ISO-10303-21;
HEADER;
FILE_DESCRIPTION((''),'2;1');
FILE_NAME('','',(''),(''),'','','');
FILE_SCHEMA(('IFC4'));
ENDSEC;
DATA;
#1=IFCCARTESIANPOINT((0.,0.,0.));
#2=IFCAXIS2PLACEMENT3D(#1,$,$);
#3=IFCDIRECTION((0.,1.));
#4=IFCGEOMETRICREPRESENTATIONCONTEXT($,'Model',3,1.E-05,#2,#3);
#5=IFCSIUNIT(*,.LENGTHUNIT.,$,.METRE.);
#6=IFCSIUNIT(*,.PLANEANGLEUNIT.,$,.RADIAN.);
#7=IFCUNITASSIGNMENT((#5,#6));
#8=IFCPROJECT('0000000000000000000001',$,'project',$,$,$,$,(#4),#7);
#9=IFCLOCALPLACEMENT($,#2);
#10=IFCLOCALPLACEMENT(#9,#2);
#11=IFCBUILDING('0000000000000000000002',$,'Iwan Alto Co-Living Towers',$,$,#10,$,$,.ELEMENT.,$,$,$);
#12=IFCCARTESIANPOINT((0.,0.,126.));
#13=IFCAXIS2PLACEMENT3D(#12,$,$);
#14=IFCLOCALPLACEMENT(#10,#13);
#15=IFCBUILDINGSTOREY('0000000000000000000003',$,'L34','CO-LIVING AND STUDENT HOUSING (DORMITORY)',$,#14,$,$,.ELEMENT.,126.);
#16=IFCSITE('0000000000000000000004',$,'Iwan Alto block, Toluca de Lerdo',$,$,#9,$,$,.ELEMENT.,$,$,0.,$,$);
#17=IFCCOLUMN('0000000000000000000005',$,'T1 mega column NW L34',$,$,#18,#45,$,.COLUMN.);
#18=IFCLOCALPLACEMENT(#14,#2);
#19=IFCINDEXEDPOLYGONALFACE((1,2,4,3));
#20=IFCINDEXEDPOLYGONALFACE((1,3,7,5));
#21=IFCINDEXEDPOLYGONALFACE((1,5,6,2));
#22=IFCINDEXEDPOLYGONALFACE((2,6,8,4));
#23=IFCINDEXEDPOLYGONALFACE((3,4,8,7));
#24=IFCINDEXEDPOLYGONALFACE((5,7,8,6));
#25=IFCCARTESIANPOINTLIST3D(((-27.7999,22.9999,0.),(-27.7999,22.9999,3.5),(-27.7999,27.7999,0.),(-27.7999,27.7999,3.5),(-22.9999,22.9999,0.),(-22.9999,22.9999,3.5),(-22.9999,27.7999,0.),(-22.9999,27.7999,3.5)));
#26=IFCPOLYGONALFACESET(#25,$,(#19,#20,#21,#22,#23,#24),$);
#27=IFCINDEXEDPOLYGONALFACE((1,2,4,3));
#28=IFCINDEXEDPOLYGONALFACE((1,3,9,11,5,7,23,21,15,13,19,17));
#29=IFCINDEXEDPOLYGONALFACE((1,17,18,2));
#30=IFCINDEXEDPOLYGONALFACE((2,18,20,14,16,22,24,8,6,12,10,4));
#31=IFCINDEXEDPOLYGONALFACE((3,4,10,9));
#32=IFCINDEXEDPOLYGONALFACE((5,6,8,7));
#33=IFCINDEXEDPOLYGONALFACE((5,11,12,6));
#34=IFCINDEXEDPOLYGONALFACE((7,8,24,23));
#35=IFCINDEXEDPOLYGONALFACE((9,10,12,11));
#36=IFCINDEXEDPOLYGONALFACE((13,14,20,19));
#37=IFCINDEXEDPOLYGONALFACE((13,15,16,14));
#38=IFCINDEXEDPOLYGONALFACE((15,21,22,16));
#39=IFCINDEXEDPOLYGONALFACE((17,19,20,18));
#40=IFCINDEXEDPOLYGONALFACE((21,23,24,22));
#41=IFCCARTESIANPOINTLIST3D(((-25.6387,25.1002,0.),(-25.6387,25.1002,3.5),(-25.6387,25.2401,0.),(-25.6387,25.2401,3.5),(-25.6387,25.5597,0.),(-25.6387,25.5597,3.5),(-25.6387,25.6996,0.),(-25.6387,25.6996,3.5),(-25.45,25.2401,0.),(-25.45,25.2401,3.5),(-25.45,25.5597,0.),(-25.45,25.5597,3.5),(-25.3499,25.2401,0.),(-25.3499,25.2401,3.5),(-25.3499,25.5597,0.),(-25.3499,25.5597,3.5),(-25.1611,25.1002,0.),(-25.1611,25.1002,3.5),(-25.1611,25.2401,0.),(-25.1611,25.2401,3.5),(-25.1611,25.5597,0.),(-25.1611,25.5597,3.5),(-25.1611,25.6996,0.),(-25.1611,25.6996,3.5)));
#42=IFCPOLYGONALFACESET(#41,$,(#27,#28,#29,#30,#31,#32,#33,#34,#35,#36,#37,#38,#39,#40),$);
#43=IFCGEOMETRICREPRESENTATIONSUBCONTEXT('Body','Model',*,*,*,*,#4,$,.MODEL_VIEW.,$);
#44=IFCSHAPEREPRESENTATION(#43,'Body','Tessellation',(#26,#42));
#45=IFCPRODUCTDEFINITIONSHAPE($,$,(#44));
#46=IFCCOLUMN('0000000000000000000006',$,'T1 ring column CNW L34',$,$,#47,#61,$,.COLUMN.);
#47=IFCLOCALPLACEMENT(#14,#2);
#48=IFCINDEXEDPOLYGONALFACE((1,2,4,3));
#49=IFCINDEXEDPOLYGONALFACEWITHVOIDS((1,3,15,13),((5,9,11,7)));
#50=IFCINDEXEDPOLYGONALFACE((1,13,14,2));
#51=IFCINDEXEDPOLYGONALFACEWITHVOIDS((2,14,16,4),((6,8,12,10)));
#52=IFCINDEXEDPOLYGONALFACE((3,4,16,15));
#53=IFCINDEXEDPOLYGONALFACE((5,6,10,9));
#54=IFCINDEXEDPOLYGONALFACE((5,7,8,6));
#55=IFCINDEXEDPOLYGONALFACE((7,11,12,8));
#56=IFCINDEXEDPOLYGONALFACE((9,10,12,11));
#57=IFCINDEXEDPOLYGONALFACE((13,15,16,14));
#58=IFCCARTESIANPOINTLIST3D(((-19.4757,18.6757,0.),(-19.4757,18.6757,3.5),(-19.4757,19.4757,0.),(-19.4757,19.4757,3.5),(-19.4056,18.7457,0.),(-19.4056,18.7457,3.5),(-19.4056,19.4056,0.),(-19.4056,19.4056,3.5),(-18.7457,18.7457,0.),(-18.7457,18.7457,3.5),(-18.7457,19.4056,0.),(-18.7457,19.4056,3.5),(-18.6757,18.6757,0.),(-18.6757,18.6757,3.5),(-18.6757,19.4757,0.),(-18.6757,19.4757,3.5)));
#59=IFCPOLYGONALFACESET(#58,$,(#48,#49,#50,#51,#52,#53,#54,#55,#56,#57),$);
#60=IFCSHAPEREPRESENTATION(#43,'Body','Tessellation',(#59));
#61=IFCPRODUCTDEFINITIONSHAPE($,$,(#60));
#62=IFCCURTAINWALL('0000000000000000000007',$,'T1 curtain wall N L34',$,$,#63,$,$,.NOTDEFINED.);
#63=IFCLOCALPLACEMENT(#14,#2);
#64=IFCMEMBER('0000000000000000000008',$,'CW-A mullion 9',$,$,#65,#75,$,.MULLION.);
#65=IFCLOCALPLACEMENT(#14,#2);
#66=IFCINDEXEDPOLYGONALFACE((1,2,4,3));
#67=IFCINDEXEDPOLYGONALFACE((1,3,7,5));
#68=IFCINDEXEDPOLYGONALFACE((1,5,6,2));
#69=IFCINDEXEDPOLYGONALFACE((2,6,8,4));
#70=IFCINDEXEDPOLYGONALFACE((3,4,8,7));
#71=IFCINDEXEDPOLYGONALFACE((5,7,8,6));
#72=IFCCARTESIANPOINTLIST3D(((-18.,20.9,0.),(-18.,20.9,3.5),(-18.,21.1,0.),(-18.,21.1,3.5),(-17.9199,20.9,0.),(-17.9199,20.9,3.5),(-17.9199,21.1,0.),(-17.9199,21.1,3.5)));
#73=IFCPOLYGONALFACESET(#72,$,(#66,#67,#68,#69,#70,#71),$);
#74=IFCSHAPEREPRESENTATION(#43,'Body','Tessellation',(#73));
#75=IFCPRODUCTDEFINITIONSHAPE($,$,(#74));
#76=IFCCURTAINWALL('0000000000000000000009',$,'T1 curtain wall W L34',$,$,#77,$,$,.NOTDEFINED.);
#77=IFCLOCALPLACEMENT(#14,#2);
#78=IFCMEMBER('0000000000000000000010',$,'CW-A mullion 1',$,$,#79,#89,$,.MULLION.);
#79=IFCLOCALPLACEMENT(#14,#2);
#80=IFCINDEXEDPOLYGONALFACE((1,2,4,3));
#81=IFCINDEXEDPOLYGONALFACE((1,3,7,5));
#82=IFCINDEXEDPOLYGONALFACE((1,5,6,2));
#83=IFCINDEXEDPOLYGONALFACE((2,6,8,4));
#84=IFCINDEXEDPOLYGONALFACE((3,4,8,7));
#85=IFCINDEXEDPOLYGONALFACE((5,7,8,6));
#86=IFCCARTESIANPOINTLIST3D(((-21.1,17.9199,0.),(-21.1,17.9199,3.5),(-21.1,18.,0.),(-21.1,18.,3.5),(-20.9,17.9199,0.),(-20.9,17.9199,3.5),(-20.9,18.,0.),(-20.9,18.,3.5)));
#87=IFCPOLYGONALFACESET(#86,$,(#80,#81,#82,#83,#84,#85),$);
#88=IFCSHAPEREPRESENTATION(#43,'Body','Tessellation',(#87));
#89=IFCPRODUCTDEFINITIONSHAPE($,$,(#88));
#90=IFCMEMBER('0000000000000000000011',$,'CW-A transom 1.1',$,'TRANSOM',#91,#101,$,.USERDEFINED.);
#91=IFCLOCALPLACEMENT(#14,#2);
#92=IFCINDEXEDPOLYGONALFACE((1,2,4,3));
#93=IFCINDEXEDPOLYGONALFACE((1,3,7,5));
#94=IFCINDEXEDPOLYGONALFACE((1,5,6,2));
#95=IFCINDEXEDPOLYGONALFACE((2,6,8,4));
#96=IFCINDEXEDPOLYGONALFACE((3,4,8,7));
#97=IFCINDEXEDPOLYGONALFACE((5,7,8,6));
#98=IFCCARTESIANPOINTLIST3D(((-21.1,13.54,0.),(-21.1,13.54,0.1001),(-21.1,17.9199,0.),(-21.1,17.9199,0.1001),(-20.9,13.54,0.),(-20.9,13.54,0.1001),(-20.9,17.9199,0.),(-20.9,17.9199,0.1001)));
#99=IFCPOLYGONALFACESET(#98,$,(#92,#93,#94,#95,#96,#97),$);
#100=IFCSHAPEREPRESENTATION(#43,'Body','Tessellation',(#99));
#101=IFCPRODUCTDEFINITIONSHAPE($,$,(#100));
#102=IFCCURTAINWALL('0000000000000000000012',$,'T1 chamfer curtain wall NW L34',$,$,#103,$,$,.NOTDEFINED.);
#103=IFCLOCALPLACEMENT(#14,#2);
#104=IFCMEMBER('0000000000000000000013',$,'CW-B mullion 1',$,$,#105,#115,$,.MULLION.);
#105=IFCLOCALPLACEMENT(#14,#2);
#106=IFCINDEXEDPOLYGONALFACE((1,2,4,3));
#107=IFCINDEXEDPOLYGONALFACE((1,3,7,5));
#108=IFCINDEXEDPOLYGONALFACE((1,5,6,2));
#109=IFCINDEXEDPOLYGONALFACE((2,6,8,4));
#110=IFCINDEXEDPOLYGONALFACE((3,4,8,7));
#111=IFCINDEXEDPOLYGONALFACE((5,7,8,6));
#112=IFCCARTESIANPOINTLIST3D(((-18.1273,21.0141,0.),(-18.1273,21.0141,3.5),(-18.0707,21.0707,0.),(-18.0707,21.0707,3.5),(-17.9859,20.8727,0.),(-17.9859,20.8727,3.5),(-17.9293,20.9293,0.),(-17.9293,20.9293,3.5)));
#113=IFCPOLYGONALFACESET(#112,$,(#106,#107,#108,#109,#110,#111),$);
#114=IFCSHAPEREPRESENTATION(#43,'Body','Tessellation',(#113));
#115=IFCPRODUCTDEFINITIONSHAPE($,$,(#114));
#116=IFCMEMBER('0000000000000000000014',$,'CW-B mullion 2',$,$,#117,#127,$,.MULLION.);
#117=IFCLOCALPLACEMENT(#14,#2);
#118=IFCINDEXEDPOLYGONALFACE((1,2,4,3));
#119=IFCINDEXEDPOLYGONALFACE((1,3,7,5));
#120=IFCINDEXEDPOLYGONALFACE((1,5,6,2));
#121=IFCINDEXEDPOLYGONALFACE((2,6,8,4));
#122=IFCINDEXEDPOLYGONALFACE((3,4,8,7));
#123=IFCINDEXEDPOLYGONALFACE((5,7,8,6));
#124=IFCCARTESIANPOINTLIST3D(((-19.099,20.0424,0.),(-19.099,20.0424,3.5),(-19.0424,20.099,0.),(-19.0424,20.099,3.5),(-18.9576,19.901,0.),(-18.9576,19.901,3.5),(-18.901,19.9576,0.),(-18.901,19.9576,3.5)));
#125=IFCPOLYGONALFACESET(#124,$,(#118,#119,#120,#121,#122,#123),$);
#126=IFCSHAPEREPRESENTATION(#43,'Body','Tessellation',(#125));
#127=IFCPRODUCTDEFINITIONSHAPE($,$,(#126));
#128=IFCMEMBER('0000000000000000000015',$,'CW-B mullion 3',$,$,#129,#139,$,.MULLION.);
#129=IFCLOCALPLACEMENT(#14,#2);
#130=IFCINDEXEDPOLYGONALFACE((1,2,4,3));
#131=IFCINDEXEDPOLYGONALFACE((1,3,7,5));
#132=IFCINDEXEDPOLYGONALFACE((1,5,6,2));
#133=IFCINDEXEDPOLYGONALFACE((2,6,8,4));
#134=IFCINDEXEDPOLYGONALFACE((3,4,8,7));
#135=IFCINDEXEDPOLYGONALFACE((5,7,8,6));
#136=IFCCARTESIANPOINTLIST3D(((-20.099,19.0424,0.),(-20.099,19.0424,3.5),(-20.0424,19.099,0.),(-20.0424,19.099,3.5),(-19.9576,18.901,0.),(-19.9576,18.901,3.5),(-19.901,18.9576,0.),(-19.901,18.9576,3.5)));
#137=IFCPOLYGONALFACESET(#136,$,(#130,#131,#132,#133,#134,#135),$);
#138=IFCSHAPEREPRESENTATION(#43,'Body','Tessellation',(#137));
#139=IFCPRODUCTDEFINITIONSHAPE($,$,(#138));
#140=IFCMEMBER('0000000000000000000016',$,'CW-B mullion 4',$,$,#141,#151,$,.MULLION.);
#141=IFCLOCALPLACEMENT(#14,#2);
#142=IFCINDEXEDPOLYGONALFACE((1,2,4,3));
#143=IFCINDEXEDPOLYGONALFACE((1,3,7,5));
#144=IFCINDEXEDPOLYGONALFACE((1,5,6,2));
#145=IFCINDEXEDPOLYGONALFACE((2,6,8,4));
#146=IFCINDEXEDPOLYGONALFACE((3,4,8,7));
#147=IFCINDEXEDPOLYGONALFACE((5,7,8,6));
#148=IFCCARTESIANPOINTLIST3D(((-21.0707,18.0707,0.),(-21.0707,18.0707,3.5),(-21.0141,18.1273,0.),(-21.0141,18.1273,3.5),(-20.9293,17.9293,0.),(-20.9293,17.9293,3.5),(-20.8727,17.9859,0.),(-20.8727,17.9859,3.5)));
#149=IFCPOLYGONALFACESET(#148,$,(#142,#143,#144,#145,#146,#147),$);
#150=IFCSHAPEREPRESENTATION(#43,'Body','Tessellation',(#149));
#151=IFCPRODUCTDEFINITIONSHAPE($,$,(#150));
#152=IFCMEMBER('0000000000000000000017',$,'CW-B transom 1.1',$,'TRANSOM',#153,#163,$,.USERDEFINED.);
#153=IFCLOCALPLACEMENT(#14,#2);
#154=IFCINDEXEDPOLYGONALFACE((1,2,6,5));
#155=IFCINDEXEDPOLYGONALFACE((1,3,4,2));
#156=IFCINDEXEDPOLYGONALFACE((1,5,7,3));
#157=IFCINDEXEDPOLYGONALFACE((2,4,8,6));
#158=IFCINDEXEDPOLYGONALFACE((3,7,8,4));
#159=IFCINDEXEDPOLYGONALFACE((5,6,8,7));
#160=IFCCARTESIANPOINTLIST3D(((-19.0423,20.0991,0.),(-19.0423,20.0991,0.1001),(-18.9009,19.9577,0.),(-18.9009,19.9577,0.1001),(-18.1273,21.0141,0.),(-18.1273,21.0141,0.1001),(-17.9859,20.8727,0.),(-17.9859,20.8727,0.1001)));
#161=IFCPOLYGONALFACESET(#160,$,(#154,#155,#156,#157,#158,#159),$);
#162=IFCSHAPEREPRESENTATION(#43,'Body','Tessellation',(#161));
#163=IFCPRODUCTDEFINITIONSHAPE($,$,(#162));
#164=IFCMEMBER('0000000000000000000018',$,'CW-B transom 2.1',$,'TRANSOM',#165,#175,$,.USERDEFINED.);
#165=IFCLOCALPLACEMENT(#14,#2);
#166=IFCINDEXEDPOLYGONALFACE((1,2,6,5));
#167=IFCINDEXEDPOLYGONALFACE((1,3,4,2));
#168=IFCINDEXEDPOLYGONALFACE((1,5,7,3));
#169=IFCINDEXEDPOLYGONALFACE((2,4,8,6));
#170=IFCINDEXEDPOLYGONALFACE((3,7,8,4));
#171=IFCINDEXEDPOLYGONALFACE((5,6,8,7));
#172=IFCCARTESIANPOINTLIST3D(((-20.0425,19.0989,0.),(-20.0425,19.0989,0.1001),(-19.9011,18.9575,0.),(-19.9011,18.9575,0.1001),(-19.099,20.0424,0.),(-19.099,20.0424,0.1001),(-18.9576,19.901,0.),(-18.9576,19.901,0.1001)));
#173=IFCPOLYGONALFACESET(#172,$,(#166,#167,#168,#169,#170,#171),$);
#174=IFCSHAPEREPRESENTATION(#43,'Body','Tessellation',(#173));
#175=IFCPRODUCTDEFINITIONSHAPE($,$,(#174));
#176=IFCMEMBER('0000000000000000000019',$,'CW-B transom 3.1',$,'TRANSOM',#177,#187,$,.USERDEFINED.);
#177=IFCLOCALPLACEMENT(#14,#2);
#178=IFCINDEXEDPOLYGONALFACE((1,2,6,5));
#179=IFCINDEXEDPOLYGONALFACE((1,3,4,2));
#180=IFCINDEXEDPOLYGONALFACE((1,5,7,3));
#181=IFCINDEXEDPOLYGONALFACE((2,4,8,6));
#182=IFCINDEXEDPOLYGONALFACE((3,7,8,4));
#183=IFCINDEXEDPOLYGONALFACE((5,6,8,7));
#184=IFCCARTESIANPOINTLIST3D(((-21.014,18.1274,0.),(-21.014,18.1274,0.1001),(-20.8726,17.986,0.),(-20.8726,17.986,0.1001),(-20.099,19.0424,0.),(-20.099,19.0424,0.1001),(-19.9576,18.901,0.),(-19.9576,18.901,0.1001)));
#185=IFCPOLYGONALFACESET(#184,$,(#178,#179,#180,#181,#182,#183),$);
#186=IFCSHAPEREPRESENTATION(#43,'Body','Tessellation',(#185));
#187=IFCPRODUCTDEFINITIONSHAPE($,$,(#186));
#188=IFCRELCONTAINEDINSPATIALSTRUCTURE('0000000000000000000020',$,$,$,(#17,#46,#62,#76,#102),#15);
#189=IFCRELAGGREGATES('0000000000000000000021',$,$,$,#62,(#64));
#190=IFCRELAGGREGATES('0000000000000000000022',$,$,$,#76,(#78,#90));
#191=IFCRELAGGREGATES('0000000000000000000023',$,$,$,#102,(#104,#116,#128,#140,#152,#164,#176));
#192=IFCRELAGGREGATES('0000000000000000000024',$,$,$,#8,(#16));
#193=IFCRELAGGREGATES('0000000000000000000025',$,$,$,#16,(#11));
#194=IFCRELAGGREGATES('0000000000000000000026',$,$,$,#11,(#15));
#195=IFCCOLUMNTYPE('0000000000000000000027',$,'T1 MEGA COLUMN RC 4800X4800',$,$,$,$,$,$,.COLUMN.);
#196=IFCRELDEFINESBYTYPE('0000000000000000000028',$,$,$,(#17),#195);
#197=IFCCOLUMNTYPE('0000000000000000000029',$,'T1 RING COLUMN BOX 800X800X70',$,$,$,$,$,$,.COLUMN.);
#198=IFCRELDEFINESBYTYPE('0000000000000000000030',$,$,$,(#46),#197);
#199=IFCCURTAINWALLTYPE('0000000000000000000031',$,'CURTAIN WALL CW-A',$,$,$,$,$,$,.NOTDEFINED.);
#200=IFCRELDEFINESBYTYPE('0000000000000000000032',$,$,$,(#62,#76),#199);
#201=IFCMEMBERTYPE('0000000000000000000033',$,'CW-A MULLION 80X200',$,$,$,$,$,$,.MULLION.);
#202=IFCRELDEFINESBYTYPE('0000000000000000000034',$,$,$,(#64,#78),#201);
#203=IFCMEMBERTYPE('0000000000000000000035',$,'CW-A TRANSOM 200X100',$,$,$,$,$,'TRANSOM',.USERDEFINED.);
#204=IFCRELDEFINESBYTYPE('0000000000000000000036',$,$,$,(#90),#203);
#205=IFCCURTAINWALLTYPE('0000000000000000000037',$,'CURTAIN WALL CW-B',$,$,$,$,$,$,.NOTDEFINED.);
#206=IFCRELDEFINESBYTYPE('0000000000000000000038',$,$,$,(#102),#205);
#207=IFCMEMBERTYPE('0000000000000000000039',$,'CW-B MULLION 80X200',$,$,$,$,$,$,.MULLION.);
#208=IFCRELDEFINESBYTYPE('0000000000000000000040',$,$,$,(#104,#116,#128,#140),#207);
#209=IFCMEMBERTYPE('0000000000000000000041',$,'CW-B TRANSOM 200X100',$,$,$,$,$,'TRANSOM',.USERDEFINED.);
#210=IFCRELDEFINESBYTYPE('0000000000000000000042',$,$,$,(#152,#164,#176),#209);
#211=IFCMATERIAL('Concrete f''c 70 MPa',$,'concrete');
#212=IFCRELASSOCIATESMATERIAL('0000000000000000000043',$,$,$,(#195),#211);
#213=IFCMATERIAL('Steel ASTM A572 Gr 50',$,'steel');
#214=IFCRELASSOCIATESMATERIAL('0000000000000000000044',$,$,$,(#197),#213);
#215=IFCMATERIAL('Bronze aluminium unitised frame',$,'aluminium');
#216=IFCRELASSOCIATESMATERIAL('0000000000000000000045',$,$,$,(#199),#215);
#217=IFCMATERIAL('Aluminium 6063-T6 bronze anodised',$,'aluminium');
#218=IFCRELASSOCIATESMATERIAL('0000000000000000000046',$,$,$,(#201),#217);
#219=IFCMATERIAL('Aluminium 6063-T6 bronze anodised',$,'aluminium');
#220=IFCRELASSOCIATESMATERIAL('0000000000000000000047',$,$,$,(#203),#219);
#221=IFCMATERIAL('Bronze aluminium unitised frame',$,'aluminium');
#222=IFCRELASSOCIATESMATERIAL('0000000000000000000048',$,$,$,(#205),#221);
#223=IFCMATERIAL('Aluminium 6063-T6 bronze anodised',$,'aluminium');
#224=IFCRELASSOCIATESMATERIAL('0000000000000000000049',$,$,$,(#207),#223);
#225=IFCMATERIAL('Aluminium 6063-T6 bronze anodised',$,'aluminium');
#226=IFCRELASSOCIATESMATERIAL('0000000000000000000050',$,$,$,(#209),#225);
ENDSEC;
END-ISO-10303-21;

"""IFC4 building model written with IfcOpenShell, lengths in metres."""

from ifc_helpers import new_model, si_unit, direction, frame, origin, origin_2d, place, context, subcontext, project, spatial, rectangle, hollow_rectangle, i_section, extrude, material, material_profile, profile_set, type_object, element, aggregate, save


model = new_model("IFC4")

# Units and contexts
model_context = context("Model", 3, precision=1e-05, world=origin(), true_north=direction((0.0, 1.0)))
body_context = subcontext(model_context, "Body", "Model", "MODEL_VIEW")
ifc_project = project(units=[si_unit("LENGTHUNIT", "METRE"), si_unit("PLANEANGLEUNIT", "RADIAN")], contexts=[model_context])

# Site, building, storey
site_placement = place(None, origin())
site = spatial("IfcSite", under=ifc_project, at=site_placement, Name="Iwan Alto block, Toluca de Lerdo", CompositionType="ELEMENT", RefElevation=0.0)
building_placement = place(site_placement, origin())
building = spatial("IfcBuilding", under=site, at=building_placement, Name="Iwan Alto Co-Living Towers", CompositionType="ELEMENT")
storey_placement = place(building_placement, frame((0.0, 0.0, 126.0)))
storey = spatial("IfcBuildingStorey", under=building, at=storey_placement, Name="L34", Description="CO-LIVING AND STUDENT HOUSING (DORMITORY)", CompositionType="ELEMENT", Elevation=126.0)

# Columns
ifc_material_1 = material(Name="Concrete f'c 70 MPa", Category="concrete")
ifc_material_profile_1 = material_profile(ifc_material_1, rectangle(XDim=4.8, YDim=4.8, at=origin_2d()), Name="RC 4800X4800")
ifc_profile_set_1 = profile_set([ifc_material_profile_1], Name="Concrete f'c 70 MPa")
column_type_1 = type_object("IfcColumnType", Name="T1 MEGA COLUMN RC 4800X4800", PredefinedType="COLUMN", material=ifc_profile_set_1)
column_1_placement = place(storey_placement, frame((-25.3999, 25.3999, 0.0), z_axis=(0.0, 0.0, 1.0), x_axis=(1.0, 0.0, 0.0)))
element("IfcColumn", 1, at=column_1_placement, inside=storey, type_object=column_type_1, Name="T1 mega column NW L34", PredefinedType="COLUMN", context=body_context, shape_type="SweptSolid", body=[
    extrude(rectangle(XDim=4.8, YDim=4.8, at=origin_2d()), origin(), (0.0, 0.0, 1.0), 3.5),
    extrude(i_section(OverallWidth=0.4775, OverallDepth=0.5994, WebThickness=0.1001, FlangeThickness=0.1399, at=origin_2d()), origin(), (0.0, 0.0, 1.0), 3.5),
])
ifc_material_2 = material(Name="Steel ASTM A572 Gr 50", Category="steel")
ifc_material_profile_2 = material_profile(ifc_material_2, hollow_rectangle(XDim=0.8, YDim=0.8, WallThickness=0.0701, at=origin_2d()), Name="BOX 800X800X70")
ifc_profile_set_2 = profile_set([ifc_material_profile_2], Name="Steel ASTM A572 Gr 50")
column_type_2 = type_object("IfcColumnType", Name="T1 RING COLUMN BOX 800X800X70", PredefinedType="COLUMN", material=ifc_profile_set_2)
column_2_placement = place(storey_placement, frame((-19.0757, 19.0757, 0.0), z_axis=(0.0, 0.0, 1.0), x_axis=(1.0, 0.0, 0.0)))
element("IfcColumn", 2, at=column_2_placement, inside=storey, type_object=column_type_2, Name="T1 ring column CNW L34", PredefinedType="COLUMN", context=body_context, shape_type="SweptSolid", body=[
    extrude(hollow_rectangle(XDim=0.8, YDim=0.8, WallThickness=0.0701, at=origin_2d()), origin(), (0.0, 0.0, 1.0), 3.5),
])

# Curtain wall, member
ifc_material_3 = material(Name="Bronze aluminium unitised frame", Category="aluminium")
curtain_wall_type_1 = type_object("IfcCurtainWallType", Name="CURTAIN WALL CW-A", PredefinedType="NOTDEFINED", material=ifc_material_3)
curtain_wall_1_placement = place(storey_placement, origin())
curtain_wall_1 = element("IfcCurtainWall", 3, at=curtain_wall_1_placement, inside=storey, type_object=curtain_wall_type_1, Name="T1 curtain wall N L34", PredefinedType="NOTDEFINED")
ifc_material_4 = material(Name="Aluminium 6063-T6 bronze anodised", Category="aluminium")
ifc_material_profile_3 = material_profile(ifc_material_4, rectangle(XDim=0.2, YDim=0.0801, at=origin_2d()), Name="AL 80X200")
ifc_profile_set_3 = profile_set([ifc_material_profile_3], Name="Aluminium 6063-T6 bronze anodised")
member_type_1 = type_object("IfcMemberType", Name="CW-A MULLION 80X200", PredefinedType="MULLION", material=ifc_profile_set_3)
member_1_placement = place(storey_placement, frame((-17.96, 21.0, 0.0), z_axis=(0.0, 0.0, 1.0), x_axis=(0.0, -1.0, 0.0)))
member_1 = element("IfcMember", 4, at=member_1_placement, type_object=member_type_1, Name="CW-A mullion 9", PredefinedType="MULLION", context=body_context, shape_type="SweptSolid", body=[
    extrude(rectangle(XDim=0.2, YDim=0.0801, at=origin_2d()), origin(), (0.0, 0.0, 1.0), 3.5),
])

# Curtain walls, members
curtain_wall_2_placement = place(storey_placement, origin())
curtain_wall_2 = element("IfcCurtainWall", 5, at=curtain_wall_2_placement, inside=storey, type_object=curtain_wall_type_1, Name="T1 curtain wall W L34", PredefinedType="NOTDEFINED")
member_2_placement = place(storey_placement, frame((-21.0, 17.96, 0.0), z_axis=(0.0, 0.0, 1.0), x_axis=(1.0, 0.0, 0.0)))
member_2 = element("IfcMember", 6, at=member_2_placement, type_object=member_type_1, Name="CW-A mullion 1", PredefinedType="MULLION", context=body_context, shape_type="SweptSolid", body=[
    extrude(rectangle(XDim=0.2, YDim=0.0801, at=origin_2d()), origin(), (0.0, 0.0, 1.0), 3.5),
])
ifc_material_5 = material(Name="Aluminium 6063-T6 bronze anodised", Category="aluminium")
ifc_material_profile_4 = material_profile(ifc_material_5, rectangle(XDim=0.2, YDim=0.1001, at=origin_2d()), Name="AL 200X100")
ifc_profile_set_4 = profile_set([ifc_material_profile_4], Name="Aluminium 6063-T6 bronze anodised")
member_type_2 = type_object("IfcMemberType", Name="CW-A TRANSOM 200X100", ElementType="TRANSOM", PredefinedType="USERDEFINED", material=ifc_profile_set_4)
member_3_placement = place(storey_placement, frame((-21.0, 17.9199, 0.05), z_axis=(0.0, -1.0, 0.0), x_axis=(1.0, 0.0, 0.0)))
member_3 = element("IfcMember", 7, at=member_3_placement, type_object=member_type_2, Name="CW-A transom 1.1", ObjectType="TRANSOM", PredefinedType="USERDEFINED", context=body_context, shape_type="SweptSolid", body=[
    extrude(rectangle(XDim=0.2, YDim=0.1001, at=origin_2d()), origin(), (0.0, 0.0, 1.0), 4.3799),
])
ifc_material_6 = material(Name="Bronze aluminium unitised frame", Category="aluminium")
curtain_wall_type_2 = type_object("IfcCurtainWallType", Name="CURTAIN WALL CW-B", PredefinedType="NOTDEFINED", material=ifc_material_6)
curtain_wall_3_placement = place(storey_placement, origin())
curtain_wall_3 = element("IfcCurtainWall", 8, at=curtain_wall_3_placement, inside=storey, type_object=curtain_wall_type_2, Name="T1 chamfer curtain wall NW L34", PredefinedType="NOTDEFINED")
ifc_material_7 = material(Name="Aluminium 6063-T6 bronze anodised", Category="aluminium")
ifc_material_profile_5 = material_profile(ifc_material_7, rectangle(XDim=0.2, YDim=0.0801, at=origin_2d()), Name="AL 80X200")
ifc_profile_set_5 = profile_set([ifc_material_profile_5], Name="Aluminium 6063-T6 bronze anodised")
member_type_3 = type_object("IfcMemberType", Name="CW-B MULLION 80X200", PredefinedType="MULLION", material=ifc_profile_set_5)
member_4_placement = place(storey_placement, frame((-18.0283, 20.9717, 0.0), z_axis=(0.0, 0.0, 1.0), x_axis=(0.707107, -0.707107, 0.0)))
member_4 = element("IfcMember", 9, at=member_4_placement, type_object=member_type_3, Name="CW-B mullion 1", PredefinedType="MULLION", context=body_context, shape_type="SweptSolid", body=[
    extrude(rectangle(XDim=0.2, YDim=0.0801, at=origin_2d()), origin(), (0.0, 0.0, 1.0), 3.5),
])
member_5_placement = place(storey_placement, frame((-19.0, 20.0, 0.0), z_axis=(0.0, 0.0, 1.0), x_axis=(0.707107, -0.707107, 0.0)))
member_5 = element("IfcMember", 10, at=member_5_placement, type_object=member_type_3, Name="CW-B mullion 2", PredefinedType="MULLION", context=body_context, shape_type="SweptSolid", body=[
    extrude(rectangle(XDim=0.2, YDim=0.0801, at=origin_2d()), origin(), (0.0, 0.0, 1.0), 3.5),
])
member_6_placement = place(storey_placement, frame((-20.0, 19.0, 0.0), z_axis=(0.0, 0.0, 1.0), x_axis=(0.707107, -0.707107, 0.0)))
member_6 = element("IfcMember", 11, at=member_6_placement, type_object=member_type_3, Name="CW-B mullion 3", PredefinedType="MULLION", context=body_context, shape_type="SweptSolid", body=[
    extrude(rectangle(XDim=0.2, YDim=0.0801, at=origin_2d()), origin(), (0.0, 0.0, 1.0), 3.5),
])
member_7_placement = place(storey_placement, frame((-20.9717, 18.0283, 0.0), z_axis=(0.0, 0.0, 1.0), x_axis=(0.707107, -0.707107, 0.0)))
member_7 = element("IfcMember", 12, at=member_7_placement, type_object=member_type_3, Name="CW-B mullion 4", PredefinedType="MULLION", context=body_context, shape_type="SweptSolid", body=[
    extrude(rectangle(XDim=0.2, YDim=0.0801, at=origin_2d()), origin(), (0.0, 0.0, 1.0), 3.5),
])
ifc_material_8 = material(Name="Aluminium 6063-T6 bronze anodised", Category="aluminium")
ifc_material_profile_6 = material_profile(ifc_material_8, rectangle(XDim=0.2, YDim=0.1001, at=origin_2d()), Name="AL 200X100")
ifc_profile_set_6 = profile_set([ifc_material_profile_6], Name="Aluminium 6063-T6 bronze anodised")
member_type_4 = type_object("IfcMemberType", Name="CW-B TRANSOM 200X100", ElementType="TRANSOM", PredefinedType="USERDEFINED", material=ifc_profile_set_6)
member_8_placement = place(storey_placement, frame((-18.0566, 20.9434, 0.05), z_axis=(-0.707107, -0.707107, 0.0), x_axis=(0.707107, -0.707107, 0.0)))
member_8 = element("IfcMember", 13, at=member_8_placement, type_object=member_type_4, Name="CW-B transom 1.1", ObjectType="TRANSOM", PredefinedType="USERDEFINED", context=body_context, shape_type="SweptSolid", body=[
    extrude(rectangle(XDim=0.2, YDim=0.1001, at=origin_2d()), origin(), (0.0, 0.0, 1.0), 1.2939),
])
member_9_placement = place(storey_placement, frame((-19.0283, 19.9717, 0.05), z_axis=(-0.707107, -0.707107, 0.0), x_axis=(0.707107, -0.707107, 0.0)))
member_9 = element("IfcMember", 14, at=member_9_placement, type_object=member_type_4, Name="CW-B transom 2.1", ObjectType="TRANSOM", PredefinedType="USERDEFINED", context=body_context, shape_type="SweptSolid", body=[
    extrude(rectangle(XDim=0.2, YDim=0.1001, at=origin_2d()), origin(), (0.0, 0.0, 1.0), 1.3342),
])
member_10_placement = place(storey_placement, frame((-20.0283, 18.9717, 0.05), z_axis=(-0.707107, -0.707107, 0.0), x_axis=(0.707107, -0.707107, 0.0)))
member_10 = element("IfcMember", 15, at=member_10_placement, type_object=member_type_4, Name="CW-B transom 3.1", ObjectType="TRANSOM", PredefinedType="USERDEFINED", context=body_context, shape_type="SweptSolid", body=[
    extrude(rectangle(XDim=0.2, YDim=0.1001, at=origin_2d()), origin(), (0.0, 0.0, 1.0), 1.2939),
])

aggregate(curtain_wall_1, [member_1])
aggregate(curtain_wall_2, [member_2, member_3])
aggregate(curtain_wall_3, [member_4, member_5, member_6, member_7, member_8, member_9, member_10])

save(model, "model.ifc")
